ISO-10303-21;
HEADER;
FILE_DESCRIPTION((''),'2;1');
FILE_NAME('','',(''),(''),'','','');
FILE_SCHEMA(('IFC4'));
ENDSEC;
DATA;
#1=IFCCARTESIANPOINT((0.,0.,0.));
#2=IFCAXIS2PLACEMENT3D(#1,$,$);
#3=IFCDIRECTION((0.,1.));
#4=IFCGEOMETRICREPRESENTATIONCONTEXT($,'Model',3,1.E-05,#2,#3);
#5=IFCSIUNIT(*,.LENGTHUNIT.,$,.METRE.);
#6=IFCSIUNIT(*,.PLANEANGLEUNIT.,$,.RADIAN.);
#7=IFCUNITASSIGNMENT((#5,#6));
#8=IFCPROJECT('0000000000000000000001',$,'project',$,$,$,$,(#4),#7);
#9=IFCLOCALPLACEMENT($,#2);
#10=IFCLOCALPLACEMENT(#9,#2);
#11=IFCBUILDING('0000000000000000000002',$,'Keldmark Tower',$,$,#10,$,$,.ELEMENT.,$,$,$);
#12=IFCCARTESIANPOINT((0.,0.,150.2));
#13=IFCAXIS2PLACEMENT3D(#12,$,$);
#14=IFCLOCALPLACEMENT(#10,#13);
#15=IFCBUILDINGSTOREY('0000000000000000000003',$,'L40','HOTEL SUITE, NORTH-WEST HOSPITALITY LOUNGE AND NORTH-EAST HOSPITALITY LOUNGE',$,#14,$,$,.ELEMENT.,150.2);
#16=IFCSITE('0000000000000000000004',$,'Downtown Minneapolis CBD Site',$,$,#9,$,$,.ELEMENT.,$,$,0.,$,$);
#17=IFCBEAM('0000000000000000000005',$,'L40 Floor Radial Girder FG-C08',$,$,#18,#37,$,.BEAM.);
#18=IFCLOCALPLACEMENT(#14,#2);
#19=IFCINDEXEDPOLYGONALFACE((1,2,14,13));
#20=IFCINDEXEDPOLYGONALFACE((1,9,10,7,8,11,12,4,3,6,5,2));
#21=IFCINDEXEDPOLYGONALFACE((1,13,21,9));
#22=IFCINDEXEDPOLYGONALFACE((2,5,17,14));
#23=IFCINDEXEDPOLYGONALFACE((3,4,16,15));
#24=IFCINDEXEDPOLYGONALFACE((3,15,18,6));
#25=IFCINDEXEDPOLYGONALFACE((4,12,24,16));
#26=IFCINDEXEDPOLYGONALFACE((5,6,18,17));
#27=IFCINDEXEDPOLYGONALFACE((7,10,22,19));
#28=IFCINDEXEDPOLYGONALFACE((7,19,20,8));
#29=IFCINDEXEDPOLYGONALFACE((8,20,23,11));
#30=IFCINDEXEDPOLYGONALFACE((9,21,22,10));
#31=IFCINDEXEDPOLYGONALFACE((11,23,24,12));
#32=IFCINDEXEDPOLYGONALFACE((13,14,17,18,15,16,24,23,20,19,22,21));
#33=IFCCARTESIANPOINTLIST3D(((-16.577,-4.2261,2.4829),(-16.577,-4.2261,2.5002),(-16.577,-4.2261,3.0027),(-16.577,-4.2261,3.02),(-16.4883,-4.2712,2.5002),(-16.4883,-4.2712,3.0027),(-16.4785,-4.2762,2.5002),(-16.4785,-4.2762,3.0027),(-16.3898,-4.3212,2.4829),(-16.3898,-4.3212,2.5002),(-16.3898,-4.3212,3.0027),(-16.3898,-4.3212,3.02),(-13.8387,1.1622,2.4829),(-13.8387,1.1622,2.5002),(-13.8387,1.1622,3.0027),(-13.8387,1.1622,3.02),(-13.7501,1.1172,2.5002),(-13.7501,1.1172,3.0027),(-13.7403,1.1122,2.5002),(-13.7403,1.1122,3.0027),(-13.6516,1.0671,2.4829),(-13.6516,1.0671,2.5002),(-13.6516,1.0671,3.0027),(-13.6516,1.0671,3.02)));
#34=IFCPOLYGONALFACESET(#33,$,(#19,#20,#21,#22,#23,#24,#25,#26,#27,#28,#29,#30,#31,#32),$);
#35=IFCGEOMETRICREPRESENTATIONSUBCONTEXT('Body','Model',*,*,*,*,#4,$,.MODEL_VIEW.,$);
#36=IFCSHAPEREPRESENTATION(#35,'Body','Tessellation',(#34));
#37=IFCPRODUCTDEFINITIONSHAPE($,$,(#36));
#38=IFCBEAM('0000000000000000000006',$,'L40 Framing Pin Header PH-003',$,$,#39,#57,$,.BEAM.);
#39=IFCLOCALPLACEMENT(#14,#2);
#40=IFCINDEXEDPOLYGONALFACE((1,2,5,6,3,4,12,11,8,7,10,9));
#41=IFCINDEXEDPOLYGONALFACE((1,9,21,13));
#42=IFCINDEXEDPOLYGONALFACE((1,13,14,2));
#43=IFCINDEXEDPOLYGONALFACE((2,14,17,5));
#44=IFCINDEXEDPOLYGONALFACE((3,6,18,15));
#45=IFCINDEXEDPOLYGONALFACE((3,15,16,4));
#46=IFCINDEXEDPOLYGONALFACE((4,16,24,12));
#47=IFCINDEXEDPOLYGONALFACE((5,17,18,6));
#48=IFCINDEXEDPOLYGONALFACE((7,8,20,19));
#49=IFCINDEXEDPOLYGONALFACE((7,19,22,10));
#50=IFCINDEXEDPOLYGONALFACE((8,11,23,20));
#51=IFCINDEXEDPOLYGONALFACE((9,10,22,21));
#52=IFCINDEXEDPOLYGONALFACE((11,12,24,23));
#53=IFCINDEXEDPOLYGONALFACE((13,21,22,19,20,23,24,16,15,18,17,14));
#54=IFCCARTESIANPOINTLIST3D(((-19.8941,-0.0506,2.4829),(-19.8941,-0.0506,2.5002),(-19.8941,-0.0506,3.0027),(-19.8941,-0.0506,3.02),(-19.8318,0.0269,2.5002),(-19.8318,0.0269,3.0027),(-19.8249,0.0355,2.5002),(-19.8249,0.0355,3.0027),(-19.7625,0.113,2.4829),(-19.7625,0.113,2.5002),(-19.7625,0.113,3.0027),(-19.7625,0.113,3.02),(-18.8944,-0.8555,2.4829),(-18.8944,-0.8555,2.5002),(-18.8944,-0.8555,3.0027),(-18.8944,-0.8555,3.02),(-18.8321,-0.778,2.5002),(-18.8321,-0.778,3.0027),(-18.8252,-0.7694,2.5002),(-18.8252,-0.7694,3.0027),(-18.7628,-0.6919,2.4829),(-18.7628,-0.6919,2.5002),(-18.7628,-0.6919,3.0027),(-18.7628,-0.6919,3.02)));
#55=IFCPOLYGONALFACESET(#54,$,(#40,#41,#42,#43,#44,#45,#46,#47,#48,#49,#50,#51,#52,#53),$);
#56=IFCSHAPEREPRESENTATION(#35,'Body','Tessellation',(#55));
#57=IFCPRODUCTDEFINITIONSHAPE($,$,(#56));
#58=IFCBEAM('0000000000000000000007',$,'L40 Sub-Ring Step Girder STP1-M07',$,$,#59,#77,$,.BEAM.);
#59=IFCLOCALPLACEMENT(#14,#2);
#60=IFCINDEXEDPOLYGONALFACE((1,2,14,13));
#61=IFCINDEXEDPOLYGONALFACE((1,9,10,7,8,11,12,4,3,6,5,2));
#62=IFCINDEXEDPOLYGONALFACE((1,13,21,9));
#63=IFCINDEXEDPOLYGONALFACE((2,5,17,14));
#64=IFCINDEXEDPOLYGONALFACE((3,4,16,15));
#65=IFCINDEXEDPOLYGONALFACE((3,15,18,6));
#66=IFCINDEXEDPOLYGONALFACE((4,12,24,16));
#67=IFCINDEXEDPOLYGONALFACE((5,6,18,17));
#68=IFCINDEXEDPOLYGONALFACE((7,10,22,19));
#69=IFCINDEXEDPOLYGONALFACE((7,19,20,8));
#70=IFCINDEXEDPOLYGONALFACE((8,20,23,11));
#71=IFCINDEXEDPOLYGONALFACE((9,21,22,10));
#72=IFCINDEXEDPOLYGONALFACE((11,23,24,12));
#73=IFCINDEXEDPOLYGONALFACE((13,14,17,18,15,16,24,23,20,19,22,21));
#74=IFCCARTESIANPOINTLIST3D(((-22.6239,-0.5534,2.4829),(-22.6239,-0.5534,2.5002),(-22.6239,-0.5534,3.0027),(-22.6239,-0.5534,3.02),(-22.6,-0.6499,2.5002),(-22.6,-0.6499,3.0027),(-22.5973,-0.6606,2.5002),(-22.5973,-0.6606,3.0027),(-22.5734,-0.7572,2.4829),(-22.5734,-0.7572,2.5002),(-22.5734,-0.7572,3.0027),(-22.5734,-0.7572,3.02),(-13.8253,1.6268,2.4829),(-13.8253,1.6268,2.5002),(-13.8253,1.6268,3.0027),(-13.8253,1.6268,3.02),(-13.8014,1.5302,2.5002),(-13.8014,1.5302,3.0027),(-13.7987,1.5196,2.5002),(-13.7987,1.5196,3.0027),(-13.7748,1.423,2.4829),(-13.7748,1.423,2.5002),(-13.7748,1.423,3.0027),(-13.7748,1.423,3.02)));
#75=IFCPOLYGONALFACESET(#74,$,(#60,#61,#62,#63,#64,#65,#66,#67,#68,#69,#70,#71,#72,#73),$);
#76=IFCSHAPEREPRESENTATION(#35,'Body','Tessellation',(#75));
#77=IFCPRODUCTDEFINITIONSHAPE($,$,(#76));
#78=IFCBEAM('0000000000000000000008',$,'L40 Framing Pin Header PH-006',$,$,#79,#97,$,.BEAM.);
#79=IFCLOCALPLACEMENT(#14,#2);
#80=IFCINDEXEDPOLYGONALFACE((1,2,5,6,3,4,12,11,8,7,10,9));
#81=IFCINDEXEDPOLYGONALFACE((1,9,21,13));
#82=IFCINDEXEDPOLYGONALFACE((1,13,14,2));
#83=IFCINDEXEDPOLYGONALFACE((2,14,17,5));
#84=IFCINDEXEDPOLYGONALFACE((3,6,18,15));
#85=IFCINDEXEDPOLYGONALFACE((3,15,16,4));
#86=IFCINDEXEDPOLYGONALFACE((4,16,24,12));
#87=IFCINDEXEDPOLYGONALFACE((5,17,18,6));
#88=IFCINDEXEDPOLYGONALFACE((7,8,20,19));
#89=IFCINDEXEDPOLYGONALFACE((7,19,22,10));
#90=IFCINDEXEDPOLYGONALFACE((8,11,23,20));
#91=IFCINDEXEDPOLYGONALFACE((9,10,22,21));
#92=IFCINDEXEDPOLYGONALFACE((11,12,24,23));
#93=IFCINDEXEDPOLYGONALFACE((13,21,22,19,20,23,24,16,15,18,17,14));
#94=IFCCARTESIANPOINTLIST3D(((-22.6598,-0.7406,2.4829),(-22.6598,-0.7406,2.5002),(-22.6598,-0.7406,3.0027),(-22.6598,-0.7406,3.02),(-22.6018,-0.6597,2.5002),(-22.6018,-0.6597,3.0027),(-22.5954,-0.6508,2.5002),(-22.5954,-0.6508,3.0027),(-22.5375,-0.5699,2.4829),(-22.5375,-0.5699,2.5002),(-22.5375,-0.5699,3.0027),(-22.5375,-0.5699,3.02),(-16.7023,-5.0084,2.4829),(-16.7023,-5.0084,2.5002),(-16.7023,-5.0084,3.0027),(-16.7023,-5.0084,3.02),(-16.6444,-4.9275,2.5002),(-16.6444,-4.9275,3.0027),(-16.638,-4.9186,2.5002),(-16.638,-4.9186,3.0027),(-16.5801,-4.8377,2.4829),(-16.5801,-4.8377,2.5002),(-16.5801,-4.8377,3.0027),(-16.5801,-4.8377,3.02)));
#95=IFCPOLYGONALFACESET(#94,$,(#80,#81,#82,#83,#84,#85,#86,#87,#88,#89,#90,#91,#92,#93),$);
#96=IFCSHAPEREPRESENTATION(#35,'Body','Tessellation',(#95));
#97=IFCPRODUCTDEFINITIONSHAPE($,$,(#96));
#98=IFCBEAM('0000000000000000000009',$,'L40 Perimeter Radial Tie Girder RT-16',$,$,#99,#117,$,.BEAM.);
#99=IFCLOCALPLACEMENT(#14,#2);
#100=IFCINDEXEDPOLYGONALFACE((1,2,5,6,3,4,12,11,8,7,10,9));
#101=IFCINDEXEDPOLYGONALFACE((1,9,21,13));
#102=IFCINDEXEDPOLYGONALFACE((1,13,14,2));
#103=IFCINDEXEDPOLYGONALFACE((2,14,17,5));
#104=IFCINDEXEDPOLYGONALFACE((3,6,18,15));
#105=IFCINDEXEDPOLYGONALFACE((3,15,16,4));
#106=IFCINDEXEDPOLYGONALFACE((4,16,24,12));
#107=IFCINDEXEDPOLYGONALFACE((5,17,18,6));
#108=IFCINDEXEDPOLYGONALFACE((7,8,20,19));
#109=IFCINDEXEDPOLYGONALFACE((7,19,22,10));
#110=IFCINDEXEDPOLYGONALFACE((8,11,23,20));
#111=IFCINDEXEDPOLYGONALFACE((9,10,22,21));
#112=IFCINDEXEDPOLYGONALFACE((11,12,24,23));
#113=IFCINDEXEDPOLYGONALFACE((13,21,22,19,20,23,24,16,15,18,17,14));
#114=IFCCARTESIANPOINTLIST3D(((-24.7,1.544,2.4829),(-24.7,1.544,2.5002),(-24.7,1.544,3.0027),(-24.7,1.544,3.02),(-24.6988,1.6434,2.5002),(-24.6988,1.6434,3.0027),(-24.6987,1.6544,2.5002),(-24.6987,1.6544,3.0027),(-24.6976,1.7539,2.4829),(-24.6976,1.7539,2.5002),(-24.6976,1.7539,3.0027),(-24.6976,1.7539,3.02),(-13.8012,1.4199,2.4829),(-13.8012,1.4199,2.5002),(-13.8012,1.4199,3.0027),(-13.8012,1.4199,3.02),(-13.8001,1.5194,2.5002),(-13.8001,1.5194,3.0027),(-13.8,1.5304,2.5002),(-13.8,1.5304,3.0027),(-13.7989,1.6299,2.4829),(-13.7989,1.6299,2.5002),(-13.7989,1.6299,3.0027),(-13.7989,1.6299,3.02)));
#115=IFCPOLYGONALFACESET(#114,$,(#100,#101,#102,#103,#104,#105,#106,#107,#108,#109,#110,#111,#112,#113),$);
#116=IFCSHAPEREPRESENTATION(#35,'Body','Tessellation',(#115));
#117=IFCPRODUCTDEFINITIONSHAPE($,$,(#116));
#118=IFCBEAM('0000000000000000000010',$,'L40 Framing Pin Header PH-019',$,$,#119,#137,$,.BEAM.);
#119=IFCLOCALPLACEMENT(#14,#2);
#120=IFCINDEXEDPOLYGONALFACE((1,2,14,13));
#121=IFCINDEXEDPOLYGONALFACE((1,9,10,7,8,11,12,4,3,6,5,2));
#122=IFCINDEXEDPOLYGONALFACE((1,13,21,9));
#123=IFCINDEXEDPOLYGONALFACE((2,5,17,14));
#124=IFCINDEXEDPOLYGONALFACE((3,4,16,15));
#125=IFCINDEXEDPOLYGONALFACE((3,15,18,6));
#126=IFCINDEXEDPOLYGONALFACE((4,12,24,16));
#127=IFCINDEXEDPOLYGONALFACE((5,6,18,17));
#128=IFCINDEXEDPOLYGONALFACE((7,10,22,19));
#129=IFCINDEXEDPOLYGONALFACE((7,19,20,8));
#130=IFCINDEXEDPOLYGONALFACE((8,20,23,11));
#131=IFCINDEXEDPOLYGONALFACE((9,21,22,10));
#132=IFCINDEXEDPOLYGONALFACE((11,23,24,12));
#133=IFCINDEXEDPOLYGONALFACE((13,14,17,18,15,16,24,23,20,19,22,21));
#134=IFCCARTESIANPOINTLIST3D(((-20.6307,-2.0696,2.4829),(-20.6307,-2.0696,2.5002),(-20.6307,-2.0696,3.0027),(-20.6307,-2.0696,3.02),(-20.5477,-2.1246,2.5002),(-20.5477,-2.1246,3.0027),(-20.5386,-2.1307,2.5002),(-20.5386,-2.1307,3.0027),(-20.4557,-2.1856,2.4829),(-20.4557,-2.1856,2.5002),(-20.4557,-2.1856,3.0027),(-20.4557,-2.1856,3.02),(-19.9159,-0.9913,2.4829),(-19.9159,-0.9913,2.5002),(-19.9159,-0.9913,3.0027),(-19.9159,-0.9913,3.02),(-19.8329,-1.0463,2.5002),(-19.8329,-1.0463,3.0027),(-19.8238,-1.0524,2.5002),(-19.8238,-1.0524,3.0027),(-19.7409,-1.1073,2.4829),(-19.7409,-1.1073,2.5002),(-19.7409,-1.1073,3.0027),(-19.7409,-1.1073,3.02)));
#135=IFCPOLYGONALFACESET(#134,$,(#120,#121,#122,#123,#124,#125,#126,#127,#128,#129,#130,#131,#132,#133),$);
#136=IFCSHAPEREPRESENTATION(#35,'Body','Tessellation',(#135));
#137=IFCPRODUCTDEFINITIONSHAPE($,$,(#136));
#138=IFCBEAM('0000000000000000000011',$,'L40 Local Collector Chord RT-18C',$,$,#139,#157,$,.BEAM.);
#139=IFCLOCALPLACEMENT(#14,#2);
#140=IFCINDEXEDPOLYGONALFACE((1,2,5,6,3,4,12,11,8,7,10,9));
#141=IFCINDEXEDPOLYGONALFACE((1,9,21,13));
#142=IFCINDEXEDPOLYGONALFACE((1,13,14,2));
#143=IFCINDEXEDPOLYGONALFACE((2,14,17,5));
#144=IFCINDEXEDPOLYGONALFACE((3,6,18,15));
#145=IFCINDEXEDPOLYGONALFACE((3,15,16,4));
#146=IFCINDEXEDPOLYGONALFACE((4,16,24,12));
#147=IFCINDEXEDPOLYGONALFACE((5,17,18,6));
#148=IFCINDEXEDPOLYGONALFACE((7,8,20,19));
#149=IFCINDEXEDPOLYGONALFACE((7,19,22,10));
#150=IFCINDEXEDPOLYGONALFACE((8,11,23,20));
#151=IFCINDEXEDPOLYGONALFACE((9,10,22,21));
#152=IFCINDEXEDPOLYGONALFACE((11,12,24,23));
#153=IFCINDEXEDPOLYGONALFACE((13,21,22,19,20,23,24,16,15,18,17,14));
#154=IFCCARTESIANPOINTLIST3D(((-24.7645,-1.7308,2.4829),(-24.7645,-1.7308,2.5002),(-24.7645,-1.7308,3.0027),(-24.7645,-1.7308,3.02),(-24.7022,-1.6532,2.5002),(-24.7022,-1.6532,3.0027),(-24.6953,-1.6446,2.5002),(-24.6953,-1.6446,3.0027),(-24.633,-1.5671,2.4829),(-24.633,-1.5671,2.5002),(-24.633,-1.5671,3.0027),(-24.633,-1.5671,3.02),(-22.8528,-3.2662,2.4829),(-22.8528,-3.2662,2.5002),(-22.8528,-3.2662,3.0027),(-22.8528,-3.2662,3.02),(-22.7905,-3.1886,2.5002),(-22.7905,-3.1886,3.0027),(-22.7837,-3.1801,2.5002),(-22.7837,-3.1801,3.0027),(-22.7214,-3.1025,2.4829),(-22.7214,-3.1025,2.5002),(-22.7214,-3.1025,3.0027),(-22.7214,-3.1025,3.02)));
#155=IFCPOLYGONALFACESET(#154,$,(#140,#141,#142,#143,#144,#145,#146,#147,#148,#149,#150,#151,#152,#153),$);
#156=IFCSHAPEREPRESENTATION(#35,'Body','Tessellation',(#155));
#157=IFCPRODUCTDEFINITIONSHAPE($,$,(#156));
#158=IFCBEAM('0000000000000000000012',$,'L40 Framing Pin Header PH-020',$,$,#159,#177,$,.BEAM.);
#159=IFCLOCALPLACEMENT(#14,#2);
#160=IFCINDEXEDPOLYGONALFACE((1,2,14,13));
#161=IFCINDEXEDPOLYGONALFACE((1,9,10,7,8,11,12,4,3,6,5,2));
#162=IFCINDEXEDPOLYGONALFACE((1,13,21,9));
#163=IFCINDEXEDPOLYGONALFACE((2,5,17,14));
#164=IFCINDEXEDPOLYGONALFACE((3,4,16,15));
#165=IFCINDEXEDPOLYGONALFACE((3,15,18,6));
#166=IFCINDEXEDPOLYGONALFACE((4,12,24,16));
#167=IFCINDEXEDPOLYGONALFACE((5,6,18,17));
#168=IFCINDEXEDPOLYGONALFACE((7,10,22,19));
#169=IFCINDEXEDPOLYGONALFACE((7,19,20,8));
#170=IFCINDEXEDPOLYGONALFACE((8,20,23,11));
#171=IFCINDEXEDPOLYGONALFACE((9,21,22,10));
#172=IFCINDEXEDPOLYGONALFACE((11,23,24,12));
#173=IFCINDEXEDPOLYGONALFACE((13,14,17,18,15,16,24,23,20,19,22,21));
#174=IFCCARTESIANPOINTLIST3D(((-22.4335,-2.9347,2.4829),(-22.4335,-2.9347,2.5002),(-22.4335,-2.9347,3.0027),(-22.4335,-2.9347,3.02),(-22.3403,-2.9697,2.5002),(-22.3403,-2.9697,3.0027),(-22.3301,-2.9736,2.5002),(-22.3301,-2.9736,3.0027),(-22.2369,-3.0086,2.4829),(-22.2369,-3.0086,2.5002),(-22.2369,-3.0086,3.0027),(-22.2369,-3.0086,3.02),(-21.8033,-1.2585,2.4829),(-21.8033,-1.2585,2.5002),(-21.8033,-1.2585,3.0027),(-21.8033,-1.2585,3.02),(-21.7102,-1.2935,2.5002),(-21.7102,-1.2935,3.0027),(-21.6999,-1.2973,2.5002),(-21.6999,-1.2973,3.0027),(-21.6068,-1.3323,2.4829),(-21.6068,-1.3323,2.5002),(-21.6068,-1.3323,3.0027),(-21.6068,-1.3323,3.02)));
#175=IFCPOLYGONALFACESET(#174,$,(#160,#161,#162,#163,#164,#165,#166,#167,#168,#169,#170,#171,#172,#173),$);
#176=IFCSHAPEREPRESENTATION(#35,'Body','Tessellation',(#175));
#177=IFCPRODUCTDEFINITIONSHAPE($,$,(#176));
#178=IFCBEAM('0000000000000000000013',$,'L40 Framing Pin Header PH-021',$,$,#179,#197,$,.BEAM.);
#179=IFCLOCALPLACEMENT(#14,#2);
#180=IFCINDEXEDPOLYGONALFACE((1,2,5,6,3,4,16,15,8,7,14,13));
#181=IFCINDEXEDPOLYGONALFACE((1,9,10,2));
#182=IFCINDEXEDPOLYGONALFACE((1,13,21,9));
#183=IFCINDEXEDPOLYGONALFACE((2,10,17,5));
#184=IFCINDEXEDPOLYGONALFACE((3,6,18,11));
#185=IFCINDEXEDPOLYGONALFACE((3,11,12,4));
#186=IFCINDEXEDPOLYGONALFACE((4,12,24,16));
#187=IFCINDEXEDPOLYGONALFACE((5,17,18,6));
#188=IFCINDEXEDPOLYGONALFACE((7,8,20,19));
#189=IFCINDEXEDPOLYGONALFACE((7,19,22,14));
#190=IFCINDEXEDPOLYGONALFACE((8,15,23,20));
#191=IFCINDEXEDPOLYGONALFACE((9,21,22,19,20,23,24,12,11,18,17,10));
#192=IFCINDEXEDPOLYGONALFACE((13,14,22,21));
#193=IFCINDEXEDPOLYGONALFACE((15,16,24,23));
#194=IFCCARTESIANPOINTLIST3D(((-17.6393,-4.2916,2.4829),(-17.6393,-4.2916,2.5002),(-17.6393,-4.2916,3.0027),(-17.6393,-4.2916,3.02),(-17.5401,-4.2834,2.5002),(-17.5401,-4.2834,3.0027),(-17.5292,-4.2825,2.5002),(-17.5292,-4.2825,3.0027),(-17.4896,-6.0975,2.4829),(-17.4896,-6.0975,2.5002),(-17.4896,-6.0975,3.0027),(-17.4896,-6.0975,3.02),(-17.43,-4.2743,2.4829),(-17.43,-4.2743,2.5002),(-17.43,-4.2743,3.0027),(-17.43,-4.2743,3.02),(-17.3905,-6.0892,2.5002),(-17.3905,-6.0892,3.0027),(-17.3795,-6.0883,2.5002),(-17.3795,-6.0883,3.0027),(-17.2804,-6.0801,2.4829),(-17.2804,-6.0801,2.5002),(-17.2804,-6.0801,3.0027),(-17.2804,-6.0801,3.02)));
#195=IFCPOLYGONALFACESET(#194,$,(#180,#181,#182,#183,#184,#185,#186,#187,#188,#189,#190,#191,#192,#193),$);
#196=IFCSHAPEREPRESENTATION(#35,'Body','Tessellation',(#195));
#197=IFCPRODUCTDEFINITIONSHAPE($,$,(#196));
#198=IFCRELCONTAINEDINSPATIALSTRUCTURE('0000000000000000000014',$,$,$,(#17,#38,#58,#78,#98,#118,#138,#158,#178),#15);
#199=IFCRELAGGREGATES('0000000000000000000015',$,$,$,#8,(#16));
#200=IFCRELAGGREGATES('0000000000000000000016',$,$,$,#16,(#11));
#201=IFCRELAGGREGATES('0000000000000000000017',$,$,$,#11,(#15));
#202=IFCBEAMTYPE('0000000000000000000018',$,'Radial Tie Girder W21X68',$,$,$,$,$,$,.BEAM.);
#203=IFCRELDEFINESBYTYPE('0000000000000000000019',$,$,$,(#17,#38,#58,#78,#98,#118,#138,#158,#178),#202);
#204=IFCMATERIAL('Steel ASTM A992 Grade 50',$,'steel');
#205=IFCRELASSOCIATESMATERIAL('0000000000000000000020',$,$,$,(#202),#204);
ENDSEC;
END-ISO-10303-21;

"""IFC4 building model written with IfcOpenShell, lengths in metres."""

from ifc_helpers import new_model, si_unit, direction, frame, origin, origin_2d, place, context, subcontext, project, spatial, i_section, extrude, material, material_profile, profile_set, type_object, element, save


model = new_model("IFC4")

# Units and contexts
model_context = context("Model", 3, precision=1e-05, world=origin(), true_north=direction((0.0, 1.0)))
body_context = subcontext(model_context, "Body", "Model", "MODEL_VIEW")
ifc_project = project(units=[si_unit("LENGTHUNIT", "METRE"), si_unit("PLANEANGLEUNIT", "RADIAN")], contexts=[model_context])

# Site, building, storey
site_placement = place(None, origin())
site = spatial("IfcSite", under=ifc_project, at=site_placement, Name="Downtown Minneapolis CBD Site", CompositionType="ELEMENT", RefElevation=0.0)
building_placement = place(site_placement, origin())
building = spatial("IfcBuilding", under=site, at=building_placement, Name="Keldmark Tower", CompositionType="ELEMENT")
storey_placement = place(building_placement, frame((0.0, 0.0, 150.2)))
storey = spatial("IfcBuildingStorey", under=building, at=storey_placement, Name="L40", Description="HOTEL SUITE, NORTH-WEST HOSPITALITY LOUNGE AND NORTH-EAST HOSPITALITY LOUNGE", CompositionType="ELEMENT", Elevation=150.2)

# Beams
ifc_material_1 = material(Name="Steel ASTM A992 Grade 50", Category="steel")
ifc_material_profile_1 = material_profile(ifc_material_1, i_section(OverallWidth=0.21, OverallDepth=0.5371, WebThickness=0.011, FlangeThickness=0.0173, at=origin_2d()), Name="W21X68")
ifc_profile_set_1 = profile_set([ifc_material_profile_1], Name="Steel ASTM A992 Grade 50")
beam_type_1 = type_object("IfcBeamType", Name="Radial Tie Girder W21X68", PredefinedType="BEAM", material=ifc_profile_set_1)
beam_1_placement = place(storey_placement, frame((-16.4834, -4.2737, 2.7515), z_axis=(0.453037, 0.891492, 0.0), x_axis=(-0.891492, 0.453037, 0.0)))
element("IfcBeam", 1, at=beam_1_placement, inside=storey, type_object=beam_type_1, Name="L40 Floor Radial Girder FG-C08", PredefinedType="BEAM", context=body_context, shape_type="SweptSolid", body=[
    extrude(i_section(OverallWidth=0.21, OverallDepth=0.5371, WebThickness=0.011, FlangeThickness=0.0173, at=origin_2d()), origin(), (0.0, 0.0, 1.0), 6.0442),
])
beam_2_placement = place(storey_placement, frame((-18.8286, -0.7737, 2.7515), z_axis=(-0.778917, 0.627128, 0.0), x_axis=(-0.627128, -0.778917, 0.0)))
element("IfcBeam", 2, at=beam_2_placement, inside=storey, type_object=beam_type_1, Name="L40 Framing Pin Header PH-003", PredefinedType="BEAM", context=body_context, shape_type="SweptSolid", body=[
    extrude(i_section(OverallWidth=0.21, OverallDepth=0.5371, WebThickness=0.011, FlangeThickness=0.0173, at=origin_2d()), origin(), (0.0, 0.0, 1.0), 1.2834),
])
beam_3_placement = place(storey_placement, frame((-13.8, 1.5249, 2.7515), z_axis=(-0.970646, -0.240514, 0.0), x_axis=(0.240514, -0.970646, 0.0)))
element("IfcBeam", 3, at=beam_3_placement, inside=storey, type_object=beam_type_1, Name="L40 Sub-Ring Step Girder STP1-M07", PredefinedType="BEAM", context=body_context, shape_type="SweptSolid", body=[
    extrude(i_section(OverallWidth=0.21, OverallDepth=0.5371, WebThickness=0.011, FlangeThickness=0.0173, at=origin_2d()), origin(), (0.0, 0.0, 1.0), 9.0647),
])
beam_4_placement = place(storey_placement, frame((-22.5986, -0.6553, 2.7515), z_axis=(0.812929, -0.582363, 0.0), x_axis=(0.582363, 0.812929, 0.0)))
element("IfcBeam", 4, at=beam_4_placement, inside=storey, type_object=beam_type_1, Name="L40 Framing Pin Header PH-006", PredefinedType="BEAM", context=body_context, shape_type="SweptSolid", body=[
    extrude(i_section(OverallWidth=0.21, OverallDepth=0.5371, WebThickness=0.011, FlangeThickness=0.0173, at=origin_2d()), origin(), (0.0, 0.0, 1.0), 7.3284),
])
beam_5_placement = place(storey_placement, frame((-13.8, 1.5249, 2.7515), z_axis=(-0.999935, 0.011379, 0.0), x_axis=(-0.011379, -0.999935, 0.0)))
element("IfcBeam", 5, at=beam_5_placement, inside=storey, type_object=beam_type_1, Name="L40 Perimeter Radial Tie Girder RT-16", PredefinedType="BEAM", context=body_context, shape_type="SweptSolid", body=[
    extrude(i_section(OverallWidth=0.21, OverallDepth=0.5371, WebThickness=0.011, FlangeThickness=0.0173, at=origin_2d()), origin(), (0.0, 0.0, 1.0), 10.8994),
])
beam_6_placement = place(storey_placement, frame((-19.8284, -1.0493, 2.7515), z_axis=(-0.552521, -0.833499, 0.0), x_axis=(0.833499, -0.552521, 0.0)))
element("IfcBeam", 6, at=beam_6_placement, inside=storey, type_object=beam_type_1, Name="L40 Framing Pin Header PH-019", PredefinedType="BEAM", context=body_context, shape_type="SweptSolid", body=[
    extrude(i_section(OverallWidth=0.21, OverallDepth=0.5371, WebThickness=0.011, FlangeThickness=0.0173, at=origin_2d()), origin(), (0.0, 0.0, 1.0), 1.2937),
])
beam_7_placement = place(storey_placement, frame((-24.6987, -1.6489, 2.7515), z_axis=(0.779653, -0.626212, 0.0), x_axis=(0.626212, 0.779653, 0.0)))
element("IfcBeam", 7, at=beam_7_placement, inside=storey, type_object=beam_type_1, Name="L40 Local Collector Chord RT-18C", PredefinedType="BEAM", context=body_context, shape_type="SweptSolid", body=[
    extrude(i_section(OverallWidth=0.21, OverallDepth=0.5371, WebThickness=0.011, FlangeThickness=0.0173, at=origin_2d()), origin(), (0.0, 0.0, 1.0), 2.4519),
])
beam_8_placement = place(storey_placement, frame((-21.7051, -1.2954, 2.7515), z_axis=(-0.35187, -0.936049, 0.0), x_axis=(0.936049, -0.35187, 0.0)))
element("IfcBeam", 8, at=beam_8_placement, inside=storey, type_object=beam_type_1, Name="L40 Framing Pin Header PH-020", PredefinedType="BEAM", context=body_context, shape_type="SweptSolid", body=[
    extrude(i_section(OverallWidth=0.21, OverallDepth=0.5371, WebThickness=0.011, FlangeThickness=0.0173, at=origin_2d()), origin(), (0.0, 0.0, 1.0), 1.7908),
])
beam_9_placement = place(storey_placement, frame((-17.5347, -4.283, 2.7515), z_axis=(0.082588, -0.996584, 0.0), x_axis=(0.996584, 0.082588, 0.0)))
element("IfcBeam", 9, at=beam_9_placement, inside=storey, type_object=beam_type_1, Name="L40 Framing Pin Header PH-021", PredefinedType="BEAM", context=body_context, shape_type="SweptSolid", body=[
    extrude(i_section(OverallWidth=0.21, OverallDepth=0.5371, WebThickness=0.011, FlangeThickness=0.0173, at=origin_2d()), origin(), (0.0, 0.0, 1.0), 1.812),
])

save(model, "model.ifc")
